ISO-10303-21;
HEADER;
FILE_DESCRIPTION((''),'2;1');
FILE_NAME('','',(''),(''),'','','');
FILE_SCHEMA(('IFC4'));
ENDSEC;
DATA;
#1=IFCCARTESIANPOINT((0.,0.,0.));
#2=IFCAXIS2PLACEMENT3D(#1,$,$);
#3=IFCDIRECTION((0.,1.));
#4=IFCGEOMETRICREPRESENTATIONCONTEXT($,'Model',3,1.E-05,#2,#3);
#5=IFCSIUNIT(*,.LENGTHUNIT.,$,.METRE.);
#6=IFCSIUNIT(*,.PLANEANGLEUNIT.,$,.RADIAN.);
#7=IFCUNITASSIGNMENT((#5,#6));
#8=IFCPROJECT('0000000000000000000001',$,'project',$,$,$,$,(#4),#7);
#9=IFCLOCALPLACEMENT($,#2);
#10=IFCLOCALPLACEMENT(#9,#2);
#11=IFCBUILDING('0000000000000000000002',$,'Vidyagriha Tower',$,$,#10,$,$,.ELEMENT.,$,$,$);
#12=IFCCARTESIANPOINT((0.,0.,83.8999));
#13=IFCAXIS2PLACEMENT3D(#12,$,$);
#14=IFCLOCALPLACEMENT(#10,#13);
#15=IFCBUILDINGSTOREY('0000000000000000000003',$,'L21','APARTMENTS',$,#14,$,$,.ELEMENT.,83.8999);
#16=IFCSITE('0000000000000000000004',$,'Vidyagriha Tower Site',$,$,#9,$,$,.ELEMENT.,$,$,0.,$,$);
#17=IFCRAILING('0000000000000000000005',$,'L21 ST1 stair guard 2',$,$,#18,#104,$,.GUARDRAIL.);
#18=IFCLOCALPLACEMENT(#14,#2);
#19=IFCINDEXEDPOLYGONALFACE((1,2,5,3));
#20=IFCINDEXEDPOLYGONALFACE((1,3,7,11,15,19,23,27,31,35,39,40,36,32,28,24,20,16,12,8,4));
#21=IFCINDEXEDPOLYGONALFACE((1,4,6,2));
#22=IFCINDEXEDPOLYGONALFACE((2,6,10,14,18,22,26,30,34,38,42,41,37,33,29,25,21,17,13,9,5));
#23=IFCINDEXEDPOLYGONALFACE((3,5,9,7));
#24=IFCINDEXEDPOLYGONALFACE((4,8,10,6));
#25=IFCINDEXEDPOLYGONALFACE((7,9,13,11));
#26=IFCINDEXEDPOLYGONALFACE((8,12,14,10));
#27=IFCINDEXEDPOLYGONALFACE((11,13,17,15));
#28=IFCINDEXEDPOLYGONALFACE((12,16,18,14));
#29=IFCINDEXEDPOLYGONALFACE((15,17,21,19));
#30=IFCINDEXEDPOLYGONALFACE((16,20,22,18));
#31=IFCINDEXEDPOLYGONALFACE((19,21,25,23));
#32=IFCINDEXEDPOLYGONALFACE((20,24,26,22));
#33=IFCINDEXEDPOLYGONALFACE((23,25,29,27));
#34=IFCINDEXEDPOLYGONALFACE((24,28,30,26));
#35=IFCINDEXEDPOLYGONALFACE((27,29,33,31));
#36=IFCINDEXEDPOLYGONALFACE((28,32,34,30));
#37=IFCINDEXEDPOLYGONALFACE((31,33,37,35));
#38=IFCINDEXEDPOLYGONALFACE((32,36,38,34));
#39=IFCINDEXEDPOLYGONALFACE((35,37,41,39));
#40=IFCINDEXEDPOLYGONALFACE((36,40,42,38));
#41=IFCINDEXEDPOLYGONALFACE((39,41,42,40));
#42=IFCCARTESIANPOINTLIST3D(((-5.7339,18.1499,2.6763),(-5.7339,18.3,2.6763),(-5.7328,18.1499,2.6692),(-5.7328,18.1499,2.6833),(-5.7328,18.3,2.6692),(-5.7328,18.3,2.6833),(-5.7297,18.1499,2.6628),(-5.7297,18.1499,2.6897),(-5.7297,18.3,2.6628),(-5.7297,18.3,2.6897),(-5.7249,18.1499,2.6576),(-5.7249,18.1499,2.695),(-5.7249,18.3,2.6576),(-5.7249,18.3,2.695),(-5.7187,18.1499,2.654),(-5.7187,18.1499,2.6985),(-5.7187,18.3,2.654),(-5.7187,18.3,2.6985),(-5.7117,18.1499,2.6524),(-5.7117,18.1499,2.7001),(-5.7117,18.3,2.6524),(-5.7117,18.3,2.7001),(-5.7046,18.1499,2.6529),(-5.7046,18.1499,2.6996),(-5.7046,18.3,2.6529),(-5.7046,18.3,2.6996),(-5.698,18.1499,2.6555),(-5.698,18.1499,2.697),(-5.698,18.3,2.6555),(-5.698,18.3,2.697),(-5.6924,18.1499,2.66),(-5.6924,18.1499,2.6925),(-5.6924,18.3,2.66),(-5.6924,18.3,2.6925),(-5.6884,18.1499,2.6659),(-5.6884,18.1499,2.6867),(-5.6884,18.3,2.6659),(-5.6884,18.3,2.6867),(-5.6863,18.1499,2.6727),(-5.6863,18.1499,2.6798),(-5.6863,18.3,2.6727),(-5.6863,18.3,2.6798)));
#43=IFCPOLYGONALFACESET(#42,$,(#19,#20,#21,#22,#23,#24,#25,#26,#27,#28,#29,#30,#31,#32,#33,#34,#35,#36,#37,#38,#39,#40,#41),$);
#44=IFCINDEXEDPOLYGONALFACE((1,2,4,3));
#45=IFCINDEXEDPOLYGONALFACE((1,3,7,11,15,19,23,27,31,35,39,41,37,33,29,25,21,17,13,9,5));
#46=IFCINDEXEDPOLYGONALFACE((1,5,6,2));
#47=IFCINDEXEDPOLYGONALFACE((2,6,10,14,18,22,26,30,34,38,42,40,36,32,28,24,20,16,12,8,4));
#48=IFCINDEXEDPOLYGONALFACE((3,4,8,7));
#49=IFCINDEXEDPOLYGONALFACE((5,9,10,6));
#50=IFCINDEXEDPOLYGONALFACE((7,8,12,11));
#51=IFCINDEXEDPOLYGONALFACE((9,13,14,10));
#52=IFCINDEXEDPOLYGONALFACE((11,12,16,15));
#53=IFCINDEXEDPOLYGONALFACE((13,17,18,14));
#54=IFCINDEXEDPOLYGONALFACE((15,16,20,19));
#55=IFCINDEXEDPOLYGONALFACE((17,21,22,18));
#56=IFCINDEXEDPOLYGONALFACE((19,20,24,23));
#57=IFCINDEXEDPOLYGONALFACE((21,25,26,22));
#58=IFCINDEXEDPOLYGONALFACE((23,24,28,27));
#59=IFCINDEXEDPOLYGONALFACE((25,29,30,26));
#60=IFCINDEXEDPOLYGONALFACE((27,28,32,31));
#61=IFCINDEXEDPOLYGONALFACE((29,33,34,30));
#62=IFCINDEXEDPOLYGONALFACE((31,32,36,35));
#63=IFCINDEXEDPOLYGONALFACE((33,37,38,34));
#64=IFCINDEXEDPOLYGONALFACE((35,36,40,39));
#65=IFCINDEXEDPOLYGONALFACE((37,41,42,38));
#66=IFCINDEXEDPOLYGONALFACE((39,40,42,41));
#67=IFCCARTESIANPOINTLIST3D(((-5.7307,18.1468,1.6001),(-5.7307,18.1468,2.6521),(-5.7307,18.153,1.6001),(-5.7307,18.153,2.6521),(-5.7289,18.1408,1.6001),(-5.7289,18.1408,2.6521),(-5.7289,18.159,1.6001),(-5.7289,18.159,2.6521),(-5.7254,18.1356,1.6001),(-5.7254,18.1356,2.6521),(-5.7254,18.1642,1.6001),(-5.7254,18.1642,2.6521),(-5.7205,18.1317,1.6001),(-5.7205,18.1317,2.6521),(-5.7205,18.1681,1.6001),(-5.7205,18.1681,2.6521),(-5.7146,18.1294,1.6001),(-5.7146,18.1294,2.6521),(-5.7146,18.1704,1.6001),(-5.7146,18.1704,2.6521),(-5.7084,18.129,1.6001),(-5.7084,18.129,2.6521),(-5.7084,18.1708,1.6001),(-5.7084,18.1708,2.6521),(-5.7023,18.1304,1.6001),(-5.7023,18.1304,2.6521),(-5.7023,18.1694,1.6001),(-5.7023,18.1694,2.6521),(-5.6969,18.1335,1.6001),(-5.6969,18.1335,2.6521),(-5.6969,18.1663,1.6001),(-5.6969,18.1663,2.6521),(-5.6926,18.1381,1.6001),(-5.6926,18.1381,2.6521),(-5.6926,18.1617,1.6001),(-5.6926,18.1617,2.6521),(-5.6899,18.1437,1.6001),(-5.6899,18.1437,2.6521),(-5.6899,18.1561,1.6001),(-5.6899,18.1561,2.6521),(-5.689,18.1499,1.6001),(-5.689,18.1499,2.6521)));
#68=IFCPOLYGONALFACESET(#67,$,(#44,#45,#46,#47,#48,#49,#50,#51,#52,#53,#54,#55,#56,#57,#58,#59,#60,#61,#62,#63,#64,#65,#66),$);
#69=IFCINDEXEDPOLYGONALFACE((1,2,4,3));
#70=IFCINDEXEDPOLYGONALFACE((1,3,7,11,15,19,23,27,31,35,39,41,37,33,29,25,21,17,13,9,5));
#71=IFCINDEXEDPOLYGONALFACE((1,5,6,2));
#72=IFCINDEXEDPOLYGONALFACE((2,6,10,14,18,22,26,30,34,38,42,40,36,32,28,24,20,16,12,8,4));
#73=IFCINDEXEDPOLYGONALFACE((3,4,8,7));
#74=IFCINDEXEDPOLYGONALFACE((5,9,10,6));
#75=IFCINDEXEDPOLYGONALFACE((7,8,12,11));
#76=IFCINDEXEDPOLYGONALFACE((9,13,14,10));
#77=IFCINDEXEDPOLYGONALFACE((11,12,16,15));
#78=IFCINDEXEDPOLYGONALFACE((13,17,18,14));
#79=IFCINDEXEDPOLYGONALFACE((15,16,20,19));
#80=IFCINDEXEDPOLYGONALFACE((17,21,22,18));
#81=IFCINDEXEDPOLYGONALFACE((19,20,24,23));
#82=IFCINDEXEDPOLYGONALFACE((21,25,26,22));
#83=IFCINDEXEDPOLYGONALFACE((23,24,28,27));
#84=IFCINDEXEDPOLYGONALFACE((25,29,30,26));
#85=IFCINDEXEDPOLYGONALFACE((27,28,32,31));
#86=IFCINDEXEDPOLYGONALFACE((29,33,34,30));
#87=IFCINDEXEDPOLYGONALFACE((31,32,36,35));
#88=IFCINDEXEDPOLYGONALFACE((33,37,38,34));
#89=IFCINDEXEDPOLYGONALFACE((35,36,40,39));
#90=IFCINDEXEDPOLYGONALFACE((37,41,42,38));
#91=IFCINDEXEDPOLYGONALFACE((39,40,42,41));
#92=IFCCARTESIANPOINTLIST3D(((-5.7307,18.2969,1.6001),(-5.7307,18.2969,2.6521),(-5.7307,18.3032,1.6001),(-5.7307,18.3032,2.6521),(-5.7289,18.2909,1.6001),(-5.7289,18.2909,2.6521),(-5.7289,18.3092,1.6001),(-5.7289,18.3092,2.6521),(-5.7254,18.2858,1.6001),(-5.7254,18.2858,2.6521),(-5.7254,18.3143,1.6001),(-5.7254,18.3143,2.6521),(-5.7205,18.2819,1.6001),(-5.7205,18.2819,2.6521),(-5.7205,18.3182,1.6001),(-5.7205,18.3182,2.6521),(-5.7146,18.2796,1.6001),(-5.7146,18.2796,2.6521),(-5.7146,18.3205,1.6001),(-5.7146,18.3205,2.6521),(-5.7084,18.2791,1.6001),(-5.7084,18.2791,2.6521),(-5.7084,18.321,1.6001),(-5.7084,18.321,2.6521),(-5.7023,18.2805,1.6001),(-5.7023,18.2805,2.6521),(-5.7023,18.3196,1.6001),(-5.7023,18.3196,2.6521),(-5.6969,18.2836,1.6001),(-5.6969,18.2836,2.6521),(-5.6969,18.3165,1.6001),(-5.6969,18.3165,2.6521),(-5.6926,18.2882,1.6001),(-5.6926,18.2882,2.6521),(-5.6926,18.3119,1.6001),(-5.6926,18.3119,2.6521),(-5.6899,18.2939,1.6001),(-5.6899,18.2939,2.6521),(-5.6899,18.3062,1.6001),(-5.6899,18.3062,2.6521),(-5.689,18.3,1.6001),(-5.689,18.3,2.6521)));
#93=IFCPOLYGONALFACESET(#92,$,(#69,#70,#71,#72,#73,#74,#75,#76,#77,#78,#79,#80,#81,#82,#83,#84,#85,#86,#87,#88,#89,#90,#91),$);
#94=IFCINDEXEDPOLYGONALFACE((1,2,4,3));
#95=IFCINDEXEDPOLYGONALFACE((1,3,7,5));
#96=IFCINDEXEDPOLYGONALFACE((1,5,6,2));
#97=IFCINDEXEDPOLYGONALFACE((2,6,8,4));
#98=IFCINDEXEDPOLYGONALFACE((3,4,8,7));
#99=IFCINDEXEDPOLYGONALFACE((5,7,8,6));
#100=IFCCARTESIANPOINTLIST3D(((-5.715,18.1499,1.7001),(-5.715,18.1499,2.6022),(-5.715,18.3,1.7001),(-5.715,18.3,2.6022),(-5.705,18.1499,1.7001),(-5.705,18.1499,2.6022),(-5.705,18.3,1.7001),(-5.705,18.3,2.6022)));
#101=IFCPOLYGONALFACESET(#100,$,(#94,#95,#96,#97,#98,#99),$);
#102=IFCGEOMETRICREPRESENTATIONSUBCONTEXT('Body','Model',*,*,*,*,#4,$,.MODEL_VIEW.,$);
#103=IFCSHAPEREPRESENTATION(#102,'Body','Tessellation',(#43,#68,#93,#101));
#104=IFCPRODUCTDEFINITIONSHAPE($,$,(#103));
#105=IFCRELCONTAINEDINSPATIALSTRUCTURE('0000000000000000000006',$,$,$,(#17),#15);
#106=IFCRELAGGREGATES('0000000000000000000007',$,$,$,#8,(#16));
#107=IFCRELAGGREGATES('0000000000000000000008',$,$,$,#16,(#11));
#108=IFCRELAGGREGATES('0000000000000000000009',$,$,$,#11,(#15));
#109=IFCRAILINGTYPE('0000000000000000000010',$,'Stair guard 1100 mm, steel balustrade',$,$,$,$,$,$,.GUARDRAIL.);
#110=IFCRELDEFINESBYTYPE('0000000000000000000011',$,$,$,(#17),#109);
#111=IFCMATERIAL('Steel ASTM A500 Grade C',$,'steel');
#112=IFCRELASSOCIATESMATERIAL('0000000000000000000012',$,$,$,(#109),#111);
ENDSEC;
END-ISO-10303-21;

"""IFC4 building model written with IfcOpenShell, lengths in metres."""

from ifc_helpers import new_model, si_unit, direction, frame, origin, origin_2d, place, context, subcontext, project, spatial, rectangle, circle, extrude, material, type_object, element, save


model = new_model("IFC4")

# Units and contexts
model_context = context("Model", 3, precision=1e-05, world=origin(), true_north=direction((0.0, 1.0)))
body_context = subcontext(model_context, "Body", "Model", "MODEL_VIEW")
ifc_project = project(units=[si_unit("LENGTHUNIT", "METRE"), si_unit("PLANEANGLEUNIT", "RADIAN")], contexts=[model_context])

# Site, building, storey
site_placement = place(None, origin())
site = spatial("IfcSite", under=ifc_project, at=site_placement, Name="Vidyagriha Tower Site", CompositionType="ELEMENT", RefElevation=0.0)
building_placement = place(site_placement, origin())
building = spatial("IfcBuilding", under=site, at=building_placement, Name="Vidyagriha Tower", CompositionType="ELEMENT")
storey_placement = place(building_placement, frame((0.0, 0.0, 83.8999)))
storey = spatial("IfcBuildingStorey", under=building, at=storey_placement, Name="L21", Description="APARTMENTS", CompositionType="ELEMENT", Elevation=83.8999)

# Railing
ifc_material_1 = material(Name="Steel ASTM A500 Grade C", Category="steel")
railing_type_1 = type_object("IfcRailingType", Name="Stair guard 1100 mm, steel balustrade", PredefinedType="GUARDRAIL", material=ifc_material_1)
railing_1_placement = place(storey_placement, frame((-5.71, 18.1499, 1.6001)))
element("IfcRailing", 1, at=railing_1_placement, inside=storey, type_object=railing_type_1, Name="L21 ST1 stair guard 2", PredefinedType="GUARDRAIL", context=body_context, shape_type="SweptSolid", body=[
    extrude(circle(Radius=0.0239, at=origin_2d()), frame((0.0, 0.0, 1.0762), z_axis=(0.0, 1.0, 0.0), x_axis=(-1.0, 0.0, 0.0)), (0.0, 0.0, 1.0), 0.1501),
    extrude(circle(Radius=0.021, at=origin_2d()), origin(), (0.0, 0.0, 1.0), 1.052),
    extrude(circle(Radius=0.021, at=origin_2d()), frame((0.0, 0.1501, 0.0)), (0.0, 0.0, 1.0), 1.052),
    extrude(rectangle(XDim=0.01, YDim=0.9021, at=origin_2d()), frame((0.0, 0.0, 0.551), z_axis=(0.0, 1.0, 0.0), x_axis=(-1.0, 0.0, 0.0)), (0.0, 0.0, 1.0), 0.1501),
])

save(model, "model.ifc")
